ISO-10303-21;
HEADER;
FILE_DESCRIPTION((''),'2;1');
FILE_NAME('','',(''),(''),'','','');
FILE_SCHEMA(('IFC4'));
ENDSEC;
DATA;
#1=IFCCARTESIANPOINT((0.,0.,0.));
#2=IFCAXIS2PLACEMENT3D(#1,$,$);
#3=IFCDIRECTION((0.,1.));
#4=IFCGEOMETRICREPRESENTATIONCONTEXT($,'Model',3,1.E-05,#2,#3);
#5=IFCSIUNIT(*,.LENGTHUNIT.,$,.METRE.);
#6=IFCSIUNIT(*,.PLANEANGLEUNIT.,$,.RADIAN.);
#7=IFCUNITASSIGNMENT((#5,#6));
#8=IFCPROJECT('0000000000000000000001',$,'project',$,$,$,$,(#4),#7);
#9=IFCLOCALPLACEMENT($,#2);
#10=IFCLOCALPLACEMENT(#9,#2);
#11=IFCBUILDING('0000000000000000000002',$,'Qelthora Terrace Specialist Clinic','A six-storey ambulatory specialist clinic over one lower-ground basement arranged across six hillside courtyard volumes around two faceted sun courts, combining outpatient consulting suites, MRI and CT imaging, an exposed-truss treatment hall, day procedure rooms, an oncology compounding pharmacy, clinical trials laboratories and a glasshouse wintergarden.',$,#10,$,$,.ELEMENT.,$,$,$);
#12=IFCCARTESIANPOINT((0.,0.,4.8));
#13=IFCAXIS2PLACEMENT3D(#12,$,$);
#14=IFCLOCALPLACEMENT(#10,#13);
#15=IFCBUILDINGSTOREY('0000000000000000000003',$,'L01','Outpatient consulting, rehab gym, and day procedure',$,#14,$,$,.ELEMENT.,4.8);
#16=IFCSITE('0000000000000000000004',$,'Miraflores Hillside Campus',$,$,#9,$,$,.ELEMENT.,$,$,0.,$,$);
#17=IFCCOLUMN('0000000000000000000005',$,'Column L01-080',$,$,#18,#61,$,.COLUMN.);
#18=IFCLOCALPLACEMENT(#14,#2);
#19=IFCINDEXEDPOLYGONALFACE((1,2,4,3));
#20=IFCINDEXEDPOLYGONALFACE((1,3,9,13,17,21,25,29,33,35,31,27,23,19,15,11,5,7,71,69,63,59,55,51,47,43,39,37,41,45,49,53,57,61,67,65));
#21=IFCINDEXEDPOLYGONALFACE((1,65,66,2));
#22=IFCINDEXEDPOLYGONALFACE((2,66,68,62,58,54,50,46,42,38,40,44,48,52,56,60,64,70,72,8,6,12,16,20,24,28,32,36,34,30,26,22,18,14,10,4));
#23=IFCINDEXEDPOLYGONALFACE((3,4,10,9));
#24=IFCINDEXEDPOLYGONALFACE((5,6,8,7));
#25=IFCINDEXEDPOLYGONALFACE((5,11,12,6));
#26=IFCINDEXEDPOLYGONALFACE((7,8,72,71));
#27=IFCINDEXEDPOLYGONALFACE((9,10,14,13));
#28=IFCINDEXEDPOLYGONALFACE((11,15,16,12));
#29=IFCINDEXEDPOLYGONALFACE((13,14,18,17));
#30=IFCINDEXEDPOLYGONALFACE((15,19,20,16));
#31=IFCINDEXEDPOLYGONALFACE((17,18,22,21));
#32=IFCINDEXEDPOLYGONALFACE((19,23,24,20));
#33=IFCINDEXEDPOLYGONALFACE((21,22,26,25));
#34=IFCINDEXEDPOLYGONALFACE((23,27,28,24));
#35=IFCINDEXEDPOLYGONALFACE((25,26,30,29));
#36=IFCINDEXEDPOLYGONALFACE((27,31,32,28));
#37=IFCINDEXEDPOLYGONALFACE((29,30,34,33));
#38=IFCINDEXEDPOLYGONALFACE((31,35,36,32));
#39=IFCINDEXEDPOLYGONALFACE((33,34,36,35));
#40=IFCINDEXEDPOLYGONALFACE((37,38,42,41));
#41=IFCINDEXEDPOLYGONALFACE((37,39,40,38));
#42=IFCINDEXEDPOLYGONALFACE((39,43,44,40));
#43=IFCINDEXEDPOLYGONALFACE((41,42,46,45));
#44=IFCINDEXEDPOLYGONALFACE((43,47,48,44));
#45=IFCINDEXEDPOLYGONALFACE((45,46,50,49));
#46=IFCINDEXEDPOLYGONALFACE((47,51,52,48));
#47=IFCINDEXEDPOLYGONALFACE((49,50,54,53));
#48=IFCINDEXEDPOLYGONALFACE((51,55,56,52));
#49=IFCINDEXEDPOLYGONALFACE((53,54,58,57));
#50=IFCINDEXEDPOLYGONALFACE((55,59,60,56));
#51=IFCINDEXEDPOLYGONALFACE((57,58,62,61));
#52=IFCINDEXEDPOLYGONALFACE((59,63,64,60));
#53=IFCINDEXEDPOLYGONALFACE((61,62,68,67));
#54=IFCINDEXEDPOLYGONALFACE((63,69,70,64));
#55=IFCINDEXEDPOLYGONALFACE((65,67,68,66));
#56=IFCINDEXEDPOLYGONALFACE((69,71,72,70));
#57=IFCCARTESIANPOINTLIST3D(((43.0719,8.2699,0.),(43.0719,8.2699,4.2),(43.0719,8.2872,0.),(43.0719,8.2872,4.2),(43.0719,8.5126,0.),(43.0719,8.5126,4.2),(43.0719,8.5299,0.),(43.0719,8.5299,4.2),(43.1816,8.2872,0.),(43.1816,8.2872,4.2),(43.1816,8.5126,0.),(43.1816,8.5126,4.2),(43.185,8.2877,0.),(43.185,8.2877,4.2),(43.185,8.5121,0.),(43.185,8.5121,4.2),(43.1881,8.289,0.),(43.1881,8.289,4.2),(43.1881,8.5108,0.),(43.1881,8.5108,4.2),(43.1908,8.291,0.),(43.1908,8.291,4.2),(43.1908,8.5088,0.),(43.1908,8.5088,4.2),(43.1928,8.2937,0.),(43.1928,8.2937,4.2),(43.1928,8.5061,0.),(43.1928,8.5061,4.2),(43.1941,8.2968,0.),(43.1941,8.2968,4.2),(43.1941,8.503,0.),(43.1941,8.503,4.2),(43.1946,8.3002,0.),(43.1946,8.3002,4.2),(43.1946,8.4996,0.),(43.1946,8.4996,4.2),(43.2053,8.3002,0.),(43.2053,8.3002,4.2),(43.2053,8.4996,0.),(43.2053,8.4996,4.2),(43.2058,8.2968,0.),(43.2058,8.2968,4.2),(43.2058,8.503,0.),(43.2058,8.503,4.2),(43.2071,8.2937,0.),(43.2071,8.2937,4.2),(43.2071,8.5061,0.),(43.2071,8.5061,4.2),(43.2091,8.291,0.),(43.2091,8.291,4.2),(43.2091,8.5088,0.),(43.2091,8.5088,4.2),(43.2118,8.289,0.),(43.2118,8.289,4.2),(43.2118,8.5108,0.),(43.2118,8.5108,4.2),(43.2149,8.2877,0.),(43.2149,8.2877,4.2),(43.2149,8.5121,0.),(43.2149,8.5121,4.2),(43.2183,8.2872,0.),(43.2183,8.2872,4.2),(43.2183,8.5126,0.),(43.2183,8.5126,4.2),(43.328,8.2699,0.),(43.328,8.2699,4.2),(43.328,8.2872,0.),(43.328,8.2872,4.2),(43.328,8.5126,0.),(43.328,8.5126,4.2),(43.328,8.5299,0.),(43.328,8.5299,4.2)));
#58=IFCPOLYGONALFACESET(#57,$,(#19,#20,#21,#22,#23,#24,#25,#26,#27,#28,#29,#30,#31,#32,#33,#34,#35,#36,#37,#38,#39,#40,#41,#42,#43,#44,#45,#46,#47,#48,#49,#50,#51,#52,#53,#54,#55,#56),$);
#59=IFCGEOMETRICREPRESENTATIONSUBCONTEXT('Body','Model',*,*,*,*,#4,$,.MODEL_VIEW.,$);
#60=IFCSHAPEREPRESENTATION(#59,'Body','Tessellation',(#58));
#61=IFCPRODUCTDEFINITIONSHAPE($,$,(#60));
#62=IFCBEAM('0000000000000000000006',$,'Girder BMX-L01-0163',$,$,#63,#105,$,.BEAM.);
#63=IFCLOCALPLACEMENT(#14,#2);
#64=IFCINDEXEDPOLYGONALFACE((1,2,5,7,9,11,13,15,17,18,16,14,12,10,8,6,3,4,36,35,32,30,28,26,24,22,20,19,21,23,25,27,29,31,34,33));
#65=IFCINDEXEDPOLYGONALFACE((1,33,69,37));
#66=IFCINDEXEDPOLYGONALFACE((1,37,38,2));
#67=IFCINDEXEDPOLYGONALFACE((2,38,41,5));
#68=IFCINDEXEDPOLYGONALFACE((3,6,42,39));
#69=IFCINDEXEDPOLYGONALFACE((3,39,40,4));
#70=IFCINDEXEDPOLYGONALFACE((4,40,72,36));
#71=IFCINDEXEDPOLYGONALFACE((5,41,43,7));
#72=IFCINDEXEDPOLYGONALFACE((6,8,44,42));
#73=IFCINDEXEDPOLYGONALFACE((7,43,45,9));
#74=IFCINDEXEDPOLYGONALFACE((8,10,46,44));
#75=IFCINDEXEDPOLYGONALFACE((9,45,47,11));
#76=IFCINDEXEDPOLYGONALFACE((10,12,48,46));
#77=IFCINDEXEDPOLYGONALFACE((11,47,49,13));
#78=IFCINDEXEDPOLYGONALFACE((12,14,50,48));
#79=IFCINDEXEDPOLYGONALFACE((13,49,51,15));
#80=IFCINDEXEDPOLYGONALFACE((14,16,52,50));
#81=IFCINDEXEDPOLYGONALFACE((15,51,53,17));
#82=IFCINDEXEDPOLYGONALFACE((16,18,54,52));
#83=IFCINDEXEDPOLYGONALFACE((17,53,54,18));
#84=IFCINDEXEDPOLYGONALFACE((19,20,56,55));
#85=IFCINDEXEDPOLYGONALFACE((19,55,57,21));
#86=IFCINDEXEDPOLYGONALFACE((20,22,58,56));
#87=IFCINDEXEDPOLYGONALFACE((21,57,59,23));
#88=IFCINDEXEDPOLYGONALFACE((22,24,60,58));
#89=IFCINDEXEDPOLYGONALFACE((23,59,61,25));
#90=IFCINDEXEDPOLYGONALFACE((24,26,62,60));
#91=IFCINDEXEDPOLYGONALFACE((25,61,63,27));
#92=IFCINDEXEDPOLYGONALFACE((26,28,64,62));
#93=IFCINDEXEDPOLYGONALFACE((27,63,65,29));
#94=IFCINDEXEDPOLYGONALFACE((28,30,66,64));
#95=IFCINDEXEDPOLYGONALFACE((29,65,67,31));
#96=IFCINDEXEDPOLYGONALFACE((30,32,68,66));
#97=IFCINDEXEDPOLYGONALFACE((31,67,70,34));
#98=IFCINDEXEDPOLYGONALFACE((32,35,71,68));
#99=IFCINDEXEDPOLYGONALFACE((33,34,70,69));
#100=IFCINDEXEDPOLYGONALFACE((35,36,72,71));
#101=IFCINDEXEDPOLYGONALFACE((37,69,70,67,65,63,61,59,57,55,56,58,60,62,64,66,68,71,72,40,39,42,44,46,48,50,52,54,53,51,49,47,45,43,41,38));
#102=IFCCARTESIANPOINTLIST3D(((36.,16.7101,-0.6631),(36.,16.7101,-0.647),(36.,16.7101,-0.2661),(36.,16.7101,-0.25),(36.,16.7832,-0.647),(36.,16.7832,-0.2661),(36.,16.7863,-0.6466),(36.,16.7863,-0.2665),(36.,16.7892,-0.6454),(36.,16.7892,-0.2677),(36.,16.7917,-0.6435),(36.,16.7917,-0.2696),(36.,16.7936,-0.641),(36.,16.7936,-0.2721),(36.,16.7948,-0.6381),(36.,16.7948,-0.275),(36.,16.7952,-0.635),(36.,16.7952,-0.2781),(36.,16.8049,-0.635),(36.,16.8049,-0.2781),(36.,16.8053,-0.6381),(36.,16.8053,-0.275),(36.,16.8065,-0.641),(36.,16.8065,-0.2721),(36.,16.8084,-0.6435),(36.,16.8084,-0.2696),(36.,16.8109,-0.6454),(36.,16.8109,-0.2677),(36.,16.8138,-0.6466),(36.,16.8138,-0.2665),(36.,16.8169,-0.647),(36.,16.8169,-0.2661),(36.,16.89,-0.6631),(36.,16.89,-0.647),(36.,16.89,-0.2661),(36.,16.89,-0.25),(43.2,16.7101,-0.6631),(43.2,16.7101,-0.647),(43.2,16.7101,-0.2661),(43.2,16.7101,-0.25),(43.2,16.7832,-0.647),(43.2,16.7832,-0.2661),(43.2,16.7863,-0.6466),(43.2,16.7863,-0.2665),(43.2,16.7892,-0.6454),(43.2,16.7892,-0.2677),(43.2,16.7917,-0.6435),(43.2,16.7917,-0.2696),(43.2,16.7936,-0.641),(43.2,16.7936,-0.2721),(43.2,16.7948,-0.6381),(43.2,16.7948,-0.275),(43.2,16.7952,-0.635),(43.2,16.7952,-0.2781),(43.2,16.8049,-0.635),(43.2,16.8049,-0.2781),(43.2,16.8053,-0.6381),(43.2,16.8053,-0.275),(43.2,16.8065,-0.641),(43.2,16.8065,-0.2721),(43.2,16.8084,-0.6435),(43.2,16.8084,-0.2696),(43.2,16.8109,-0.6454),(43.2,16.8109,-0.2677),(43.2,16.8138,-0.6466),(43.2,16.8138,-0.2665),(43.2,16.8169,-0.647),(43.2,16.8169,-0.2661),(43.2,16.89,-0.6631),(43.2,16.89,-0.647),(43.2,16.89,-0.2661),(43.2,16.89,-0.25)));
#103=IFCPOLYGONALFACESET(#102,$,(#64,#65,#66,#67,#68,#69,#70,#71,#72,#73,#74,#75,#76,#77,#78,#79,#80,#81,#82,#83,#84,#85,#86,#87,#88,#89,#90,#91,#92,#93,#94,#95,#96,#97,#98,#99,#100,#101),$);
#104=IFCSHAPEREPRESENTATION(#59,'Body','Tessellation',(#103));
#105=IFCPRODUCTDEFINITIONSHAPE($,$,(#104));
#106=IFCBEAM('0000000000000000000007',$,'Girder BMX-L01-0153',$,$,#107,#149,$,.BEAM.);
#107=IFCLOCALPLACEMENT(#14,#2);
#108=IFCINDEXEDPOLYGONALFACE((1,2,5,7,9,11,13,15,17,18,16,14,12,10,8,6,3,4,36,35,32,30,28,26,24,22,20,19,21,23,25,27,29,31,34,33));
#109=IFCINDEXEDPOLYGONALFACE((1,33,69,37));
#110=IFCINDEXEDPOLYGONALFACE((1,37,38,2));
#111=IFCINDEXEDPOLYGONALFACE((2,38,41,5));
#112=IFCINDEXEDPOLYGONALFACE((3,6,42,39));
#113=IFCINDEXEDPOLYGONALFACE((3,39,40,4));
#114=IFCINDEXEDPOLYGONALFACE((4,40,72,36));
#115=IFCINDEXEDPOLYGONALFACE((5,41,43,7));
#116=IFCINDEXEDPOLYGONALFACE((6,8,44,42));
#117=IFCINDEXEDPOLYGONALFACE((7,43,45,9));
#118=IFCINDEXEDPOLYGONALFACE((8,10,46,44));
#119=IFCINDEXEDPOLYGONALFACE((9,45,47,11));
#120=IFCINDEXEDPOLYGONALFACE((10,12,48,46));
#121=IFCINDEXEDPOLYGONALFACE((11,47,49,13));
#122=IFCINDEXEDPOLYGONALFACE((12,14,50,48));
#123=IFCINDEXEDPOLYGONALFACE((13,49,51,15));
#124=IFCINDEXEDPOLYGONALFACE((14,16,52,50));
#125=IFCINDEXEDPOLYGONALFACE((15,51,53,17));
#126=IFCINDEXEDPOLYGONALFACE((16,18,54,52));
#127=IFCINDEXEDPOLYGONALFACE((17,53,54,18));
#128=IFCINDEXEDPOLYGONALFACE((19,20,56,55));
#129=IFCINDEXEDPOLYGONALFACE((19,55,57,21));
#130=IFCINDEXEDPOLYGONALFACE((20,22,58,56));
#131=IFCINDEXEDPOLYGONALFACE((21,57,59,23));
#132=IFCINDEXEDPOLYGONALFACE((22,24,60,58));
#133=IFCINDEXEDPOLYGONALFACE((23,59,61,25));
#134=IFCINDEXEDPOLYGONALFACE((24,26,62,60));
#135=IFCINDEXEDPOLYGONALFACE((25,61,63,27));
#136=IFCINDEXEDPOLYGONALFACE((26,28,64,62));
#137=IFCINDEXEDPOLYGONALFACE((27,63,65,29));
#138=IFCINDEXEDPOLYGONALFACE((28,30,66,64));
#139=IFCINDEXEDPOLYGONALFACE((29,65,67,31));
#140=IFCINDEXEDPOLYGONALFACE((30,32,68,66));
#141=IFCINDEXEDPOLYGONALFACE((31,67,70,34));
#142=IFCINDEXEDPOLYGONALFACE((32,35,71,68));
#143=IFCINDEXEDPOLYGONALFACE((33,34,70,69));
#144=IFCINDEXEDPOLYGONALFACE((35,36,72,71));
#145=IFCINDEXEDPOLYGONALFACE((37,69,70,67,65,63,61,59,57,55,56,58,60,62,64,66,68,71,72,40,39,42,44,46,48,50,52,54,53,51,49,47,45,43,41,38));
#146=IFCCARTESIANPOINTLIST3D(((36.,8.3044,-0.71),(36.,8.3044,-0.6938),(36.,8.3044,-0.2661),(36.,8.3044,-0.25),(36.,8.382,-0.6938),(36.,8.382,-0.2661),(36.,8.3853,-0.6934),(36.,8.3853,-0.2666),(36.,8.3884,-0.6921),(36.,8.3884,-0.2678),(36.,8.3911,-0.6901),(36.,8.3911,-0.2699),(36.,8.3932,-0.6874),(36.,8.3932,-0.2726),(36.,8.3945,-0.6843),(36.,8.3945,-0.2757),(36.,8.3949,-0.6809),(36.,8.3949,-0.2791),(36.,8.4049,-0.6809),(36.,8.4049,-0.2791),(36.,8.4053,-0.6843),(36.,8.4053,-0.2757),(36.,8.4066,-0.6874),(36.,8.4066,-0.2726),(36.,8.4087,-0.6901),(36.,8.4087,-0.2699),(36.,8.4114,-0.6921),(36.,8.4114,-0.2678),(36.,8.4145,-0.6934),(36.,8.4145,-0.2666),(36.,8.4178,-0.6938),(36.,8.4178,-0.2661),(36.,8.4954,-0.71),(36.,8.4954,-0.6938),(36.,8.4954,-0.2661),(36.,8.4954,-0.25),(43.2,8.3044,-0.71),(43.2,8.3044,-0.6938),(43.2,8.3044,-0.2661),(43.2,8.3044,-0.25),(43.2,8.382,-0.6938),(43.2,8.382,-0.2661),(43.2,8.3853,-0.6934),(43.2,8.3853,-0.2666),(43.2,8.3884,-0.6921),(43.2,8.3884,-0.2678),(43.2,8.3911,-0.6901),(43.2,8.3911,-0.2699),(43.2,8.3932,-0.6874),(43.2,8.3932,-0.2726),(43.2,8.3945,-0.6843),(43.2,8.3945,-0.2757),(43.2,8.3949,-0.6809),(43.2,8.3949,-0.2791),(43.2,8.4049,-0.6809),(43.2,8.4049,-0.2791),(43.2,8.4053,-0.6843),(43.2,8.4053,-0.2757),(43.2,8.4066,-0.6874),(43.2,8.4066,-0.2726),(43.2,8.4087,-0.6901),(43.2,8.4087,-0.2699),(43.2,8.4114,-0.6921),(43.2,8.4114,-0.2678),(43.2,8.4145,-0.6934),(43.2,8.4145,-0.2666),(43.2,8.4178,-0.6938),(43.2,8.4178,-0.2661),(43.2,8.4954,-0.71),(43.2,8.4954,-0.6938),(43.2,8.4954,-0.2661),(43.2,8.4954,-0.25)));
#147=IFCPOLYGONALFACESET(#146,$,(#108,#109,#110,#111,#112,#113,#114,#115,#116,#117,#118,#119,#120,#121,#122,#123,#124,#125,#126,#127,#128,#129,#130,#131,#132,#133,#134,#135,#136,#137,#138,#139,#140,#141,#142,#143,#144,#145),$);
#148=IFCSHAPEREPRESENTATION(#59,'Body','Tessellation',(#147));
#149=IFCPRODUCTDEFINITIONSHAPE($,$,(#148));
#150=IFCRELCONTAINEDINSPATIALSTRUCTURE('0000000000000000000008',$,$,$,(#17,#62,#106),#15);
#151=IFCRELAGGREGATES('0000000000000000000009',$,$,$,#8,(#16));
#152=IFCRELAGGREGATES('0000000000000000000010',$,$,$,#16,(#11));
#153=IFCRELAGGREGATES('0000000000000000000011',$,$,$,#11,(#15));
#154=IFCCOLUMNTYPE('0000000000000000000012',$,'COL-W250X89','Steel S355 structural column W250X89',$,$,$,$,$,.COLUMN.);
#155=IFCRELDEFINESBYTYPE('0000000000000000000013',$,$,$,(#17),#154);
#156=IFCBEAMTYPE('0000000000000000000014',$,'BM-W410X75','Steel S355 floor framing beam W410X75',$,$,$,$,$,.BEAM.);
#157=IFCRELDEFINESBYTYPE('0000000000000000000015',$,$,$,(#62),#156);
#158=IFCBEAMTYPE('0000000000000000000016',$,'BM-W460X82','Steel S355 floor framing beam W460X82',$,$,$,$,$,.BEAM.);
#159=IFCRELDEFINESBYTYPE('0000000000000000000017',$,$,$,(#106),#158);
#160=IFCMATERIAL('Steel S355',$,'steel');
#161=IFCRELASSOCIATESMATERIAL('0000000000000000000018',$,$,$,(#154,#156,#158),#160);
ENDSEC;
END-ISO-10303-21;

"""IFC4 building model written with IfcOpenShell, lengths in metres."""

from ifc_helpers import new_model, si_unit, direction, frame, origin, origin_2d, place, context, subcontext, project, spatial, i_section, extrude, material, material_profile, profile_set, type_object, element, save


model = new_model("IFC4")

# Units and contexts
model_context = context("Model", 3, precision=1e-05, world=origin(), true_north=direction((0.0, 1.0)))
body_context = subcontext(model_context, "Body", "Model", "MODEL_VIEW")
ifc_project = project(units=[si_unit("LENGTHUNIT", "METRE"), si_unit("PLANEANGLEUNIT", "RADIAN")], contexts=[model_context])

# Site, building, storey
site_placement = place(None, origin())
site = spatial("IfcSite", under=ifc_project, at=site_placement, Name="Miraflores Hillside Campus", CompositionType="ELEMENT", RefElevation=0.0)
building_placement = place(site_placement, origin())
building = spatial("IfcBuilding", under=site, at=building_placement, Name="Qelthora Terrace Specialist Clinic", Description="A six-storey ambulatory specialist clinic over one lower-ground basement arranged across six hillside courtyard volumes around two faceted sun courts, combining outpatient consulting suites, MRI and CT imaging, an exposed-truss treatment hall, day procedure rooms, an oncology compounding pharmacy, clinical trials laboratories and a glasshouse wintergarden.", CompositionType="ELEMENT")
storey_placement = place(building_placement, frame((0.0, 0.0, 4.8)))
storey = spatial("IfcBuildingStorey", under=building, at=storey_placement, Name="L01", Description="Outpatient consulting, rehab gym, and day procedure", CompositionType="ELEMENT", Elevation=4.8)

# Column
ifc_material_1 = material(Name="Steel S355", Category="steel")
ifc_material_profile_1 = material_profile(ifc_material_1, i_section(OverallWidth=0.2561, OverallDepth=0.26, WebThickness=0.0107, FlangeThickness=0.0173, FilletRadius=0.0129, at=origin_2d()), Name="W250X89")
ifc_profile_set_1 = profile_set([ifc_material_profile_1], Name="Steel S355")
column_type_1 = type_object("IfcColumnType", Name="COL-W250X89", Description="Steel S355 structural column W250X89", PredefinedType="COLUMN", material=ifc_profile_set_1)
column_1_placement = place(storey_placement, frame((43.2, 8.3999, 0.0), z_axis=(0.0, 0.0, 1.0), x_axis=(1.0, 0.0, 0.0)))
element("IfcColumn", 1, at=column_1_placement, inside=storey, type_object=column_type_1, Name="Column L01-080", PredefinedType="COLUMN", context=body_context, shape_type="SweptSolid", body=[
    extrude(i_section(OverallWidth=0.2561, OverallDepth=0.26, WebThickness=0.0107, FlangeThickness=0.0173, FilletRadius=0.0129, at=origin_2d()), origin(), (0.0, 0.0, 1.0), 4.2),
])

# Beams
ifc_material_profile_2 = material_profile(ifc_material_1, i_section(OverallWidth=0.1799, OverallDepth=0.4131, WebThickness=0.0098, FlangeThickness=0.0161, FilletRadius=0.012, at=origin_2d()), Name="W410X75")
ifc_profile_set_2 = profile_set([ifc_material_profile_2], Name="Steel S355")
beam_type_1 = type_object("IfcBeamType", Name="BM-W410X75", Description="Steel S355 floor framing beam W410X75", PredefinedType="BEAM", material=ifc_profile_set_2)
beam_1_placement = place(storey_placement, frame((36.0, 16.8, -0.4565), z_axis=(1.0, 0.0, 0.0), x_axis=(0.0, 1.0, 0.0)))
element("IfcBeam", 2, at=beam_1_placement, inside=storey, type_object=beam_type_1, Name="Girder BMX-L01-0163", PredefinedType="BEAM", context=body_context, shape_type="SweptSolid", body=[
    extrude(i_section(OverallWidth=0.1799, OverallDepth=0.4131, WebThickness=0.0098, FlangeThickness=0.0161, FilletRadius=0.012, at=origin_2d()), origin(), (0.0, 0.0, 1.0), 7.2),
])
ifc_material_profile_3 = material_profile(ifc_material_1, i_section(OverallWidth=0.1909, OverallDepth=0.46, WebThickness=0.01, FlangeThickness=0.0161, FilletRadius=0.0129, at=origin_2d()), Name="W460X82")
ifc_profile_set_3 = profile_set([ifc_material_profile_3], Name="Steel S355")
beam_type_2 = type_object("IfcBeamType", Name="BM-W460X82", Description="Steel S355 floor framing beam W460X82", PredefinedType="BEAM", material=ifc_profile_set_3)
beam_2_placement = place(storey_placement, frame((36.0, 8.3999, -0.48), z_axis=(1.0, 0.0, 0.0), x_axis=(0.0, 1.0, 0.0)))
element("IfcBeam", 3, at=beam_2_placement, inside=storey, type_object=beam_type_2, Name="Girder BMX-L01-0153", PredefinedType="BEAM", context=body_context, shape_type="SweptSolid", body=[
    extrude(i_section(OverallWidth=0.1909, OverallDepth=0.46, WebThickness=0.01, FlangeThickness=0.0161, FilletRadius=0.0129, at=origin_2d()), origin(), (0.0, 0.0, 1.0), 7.2),
])

save(model, "model.ifc")
